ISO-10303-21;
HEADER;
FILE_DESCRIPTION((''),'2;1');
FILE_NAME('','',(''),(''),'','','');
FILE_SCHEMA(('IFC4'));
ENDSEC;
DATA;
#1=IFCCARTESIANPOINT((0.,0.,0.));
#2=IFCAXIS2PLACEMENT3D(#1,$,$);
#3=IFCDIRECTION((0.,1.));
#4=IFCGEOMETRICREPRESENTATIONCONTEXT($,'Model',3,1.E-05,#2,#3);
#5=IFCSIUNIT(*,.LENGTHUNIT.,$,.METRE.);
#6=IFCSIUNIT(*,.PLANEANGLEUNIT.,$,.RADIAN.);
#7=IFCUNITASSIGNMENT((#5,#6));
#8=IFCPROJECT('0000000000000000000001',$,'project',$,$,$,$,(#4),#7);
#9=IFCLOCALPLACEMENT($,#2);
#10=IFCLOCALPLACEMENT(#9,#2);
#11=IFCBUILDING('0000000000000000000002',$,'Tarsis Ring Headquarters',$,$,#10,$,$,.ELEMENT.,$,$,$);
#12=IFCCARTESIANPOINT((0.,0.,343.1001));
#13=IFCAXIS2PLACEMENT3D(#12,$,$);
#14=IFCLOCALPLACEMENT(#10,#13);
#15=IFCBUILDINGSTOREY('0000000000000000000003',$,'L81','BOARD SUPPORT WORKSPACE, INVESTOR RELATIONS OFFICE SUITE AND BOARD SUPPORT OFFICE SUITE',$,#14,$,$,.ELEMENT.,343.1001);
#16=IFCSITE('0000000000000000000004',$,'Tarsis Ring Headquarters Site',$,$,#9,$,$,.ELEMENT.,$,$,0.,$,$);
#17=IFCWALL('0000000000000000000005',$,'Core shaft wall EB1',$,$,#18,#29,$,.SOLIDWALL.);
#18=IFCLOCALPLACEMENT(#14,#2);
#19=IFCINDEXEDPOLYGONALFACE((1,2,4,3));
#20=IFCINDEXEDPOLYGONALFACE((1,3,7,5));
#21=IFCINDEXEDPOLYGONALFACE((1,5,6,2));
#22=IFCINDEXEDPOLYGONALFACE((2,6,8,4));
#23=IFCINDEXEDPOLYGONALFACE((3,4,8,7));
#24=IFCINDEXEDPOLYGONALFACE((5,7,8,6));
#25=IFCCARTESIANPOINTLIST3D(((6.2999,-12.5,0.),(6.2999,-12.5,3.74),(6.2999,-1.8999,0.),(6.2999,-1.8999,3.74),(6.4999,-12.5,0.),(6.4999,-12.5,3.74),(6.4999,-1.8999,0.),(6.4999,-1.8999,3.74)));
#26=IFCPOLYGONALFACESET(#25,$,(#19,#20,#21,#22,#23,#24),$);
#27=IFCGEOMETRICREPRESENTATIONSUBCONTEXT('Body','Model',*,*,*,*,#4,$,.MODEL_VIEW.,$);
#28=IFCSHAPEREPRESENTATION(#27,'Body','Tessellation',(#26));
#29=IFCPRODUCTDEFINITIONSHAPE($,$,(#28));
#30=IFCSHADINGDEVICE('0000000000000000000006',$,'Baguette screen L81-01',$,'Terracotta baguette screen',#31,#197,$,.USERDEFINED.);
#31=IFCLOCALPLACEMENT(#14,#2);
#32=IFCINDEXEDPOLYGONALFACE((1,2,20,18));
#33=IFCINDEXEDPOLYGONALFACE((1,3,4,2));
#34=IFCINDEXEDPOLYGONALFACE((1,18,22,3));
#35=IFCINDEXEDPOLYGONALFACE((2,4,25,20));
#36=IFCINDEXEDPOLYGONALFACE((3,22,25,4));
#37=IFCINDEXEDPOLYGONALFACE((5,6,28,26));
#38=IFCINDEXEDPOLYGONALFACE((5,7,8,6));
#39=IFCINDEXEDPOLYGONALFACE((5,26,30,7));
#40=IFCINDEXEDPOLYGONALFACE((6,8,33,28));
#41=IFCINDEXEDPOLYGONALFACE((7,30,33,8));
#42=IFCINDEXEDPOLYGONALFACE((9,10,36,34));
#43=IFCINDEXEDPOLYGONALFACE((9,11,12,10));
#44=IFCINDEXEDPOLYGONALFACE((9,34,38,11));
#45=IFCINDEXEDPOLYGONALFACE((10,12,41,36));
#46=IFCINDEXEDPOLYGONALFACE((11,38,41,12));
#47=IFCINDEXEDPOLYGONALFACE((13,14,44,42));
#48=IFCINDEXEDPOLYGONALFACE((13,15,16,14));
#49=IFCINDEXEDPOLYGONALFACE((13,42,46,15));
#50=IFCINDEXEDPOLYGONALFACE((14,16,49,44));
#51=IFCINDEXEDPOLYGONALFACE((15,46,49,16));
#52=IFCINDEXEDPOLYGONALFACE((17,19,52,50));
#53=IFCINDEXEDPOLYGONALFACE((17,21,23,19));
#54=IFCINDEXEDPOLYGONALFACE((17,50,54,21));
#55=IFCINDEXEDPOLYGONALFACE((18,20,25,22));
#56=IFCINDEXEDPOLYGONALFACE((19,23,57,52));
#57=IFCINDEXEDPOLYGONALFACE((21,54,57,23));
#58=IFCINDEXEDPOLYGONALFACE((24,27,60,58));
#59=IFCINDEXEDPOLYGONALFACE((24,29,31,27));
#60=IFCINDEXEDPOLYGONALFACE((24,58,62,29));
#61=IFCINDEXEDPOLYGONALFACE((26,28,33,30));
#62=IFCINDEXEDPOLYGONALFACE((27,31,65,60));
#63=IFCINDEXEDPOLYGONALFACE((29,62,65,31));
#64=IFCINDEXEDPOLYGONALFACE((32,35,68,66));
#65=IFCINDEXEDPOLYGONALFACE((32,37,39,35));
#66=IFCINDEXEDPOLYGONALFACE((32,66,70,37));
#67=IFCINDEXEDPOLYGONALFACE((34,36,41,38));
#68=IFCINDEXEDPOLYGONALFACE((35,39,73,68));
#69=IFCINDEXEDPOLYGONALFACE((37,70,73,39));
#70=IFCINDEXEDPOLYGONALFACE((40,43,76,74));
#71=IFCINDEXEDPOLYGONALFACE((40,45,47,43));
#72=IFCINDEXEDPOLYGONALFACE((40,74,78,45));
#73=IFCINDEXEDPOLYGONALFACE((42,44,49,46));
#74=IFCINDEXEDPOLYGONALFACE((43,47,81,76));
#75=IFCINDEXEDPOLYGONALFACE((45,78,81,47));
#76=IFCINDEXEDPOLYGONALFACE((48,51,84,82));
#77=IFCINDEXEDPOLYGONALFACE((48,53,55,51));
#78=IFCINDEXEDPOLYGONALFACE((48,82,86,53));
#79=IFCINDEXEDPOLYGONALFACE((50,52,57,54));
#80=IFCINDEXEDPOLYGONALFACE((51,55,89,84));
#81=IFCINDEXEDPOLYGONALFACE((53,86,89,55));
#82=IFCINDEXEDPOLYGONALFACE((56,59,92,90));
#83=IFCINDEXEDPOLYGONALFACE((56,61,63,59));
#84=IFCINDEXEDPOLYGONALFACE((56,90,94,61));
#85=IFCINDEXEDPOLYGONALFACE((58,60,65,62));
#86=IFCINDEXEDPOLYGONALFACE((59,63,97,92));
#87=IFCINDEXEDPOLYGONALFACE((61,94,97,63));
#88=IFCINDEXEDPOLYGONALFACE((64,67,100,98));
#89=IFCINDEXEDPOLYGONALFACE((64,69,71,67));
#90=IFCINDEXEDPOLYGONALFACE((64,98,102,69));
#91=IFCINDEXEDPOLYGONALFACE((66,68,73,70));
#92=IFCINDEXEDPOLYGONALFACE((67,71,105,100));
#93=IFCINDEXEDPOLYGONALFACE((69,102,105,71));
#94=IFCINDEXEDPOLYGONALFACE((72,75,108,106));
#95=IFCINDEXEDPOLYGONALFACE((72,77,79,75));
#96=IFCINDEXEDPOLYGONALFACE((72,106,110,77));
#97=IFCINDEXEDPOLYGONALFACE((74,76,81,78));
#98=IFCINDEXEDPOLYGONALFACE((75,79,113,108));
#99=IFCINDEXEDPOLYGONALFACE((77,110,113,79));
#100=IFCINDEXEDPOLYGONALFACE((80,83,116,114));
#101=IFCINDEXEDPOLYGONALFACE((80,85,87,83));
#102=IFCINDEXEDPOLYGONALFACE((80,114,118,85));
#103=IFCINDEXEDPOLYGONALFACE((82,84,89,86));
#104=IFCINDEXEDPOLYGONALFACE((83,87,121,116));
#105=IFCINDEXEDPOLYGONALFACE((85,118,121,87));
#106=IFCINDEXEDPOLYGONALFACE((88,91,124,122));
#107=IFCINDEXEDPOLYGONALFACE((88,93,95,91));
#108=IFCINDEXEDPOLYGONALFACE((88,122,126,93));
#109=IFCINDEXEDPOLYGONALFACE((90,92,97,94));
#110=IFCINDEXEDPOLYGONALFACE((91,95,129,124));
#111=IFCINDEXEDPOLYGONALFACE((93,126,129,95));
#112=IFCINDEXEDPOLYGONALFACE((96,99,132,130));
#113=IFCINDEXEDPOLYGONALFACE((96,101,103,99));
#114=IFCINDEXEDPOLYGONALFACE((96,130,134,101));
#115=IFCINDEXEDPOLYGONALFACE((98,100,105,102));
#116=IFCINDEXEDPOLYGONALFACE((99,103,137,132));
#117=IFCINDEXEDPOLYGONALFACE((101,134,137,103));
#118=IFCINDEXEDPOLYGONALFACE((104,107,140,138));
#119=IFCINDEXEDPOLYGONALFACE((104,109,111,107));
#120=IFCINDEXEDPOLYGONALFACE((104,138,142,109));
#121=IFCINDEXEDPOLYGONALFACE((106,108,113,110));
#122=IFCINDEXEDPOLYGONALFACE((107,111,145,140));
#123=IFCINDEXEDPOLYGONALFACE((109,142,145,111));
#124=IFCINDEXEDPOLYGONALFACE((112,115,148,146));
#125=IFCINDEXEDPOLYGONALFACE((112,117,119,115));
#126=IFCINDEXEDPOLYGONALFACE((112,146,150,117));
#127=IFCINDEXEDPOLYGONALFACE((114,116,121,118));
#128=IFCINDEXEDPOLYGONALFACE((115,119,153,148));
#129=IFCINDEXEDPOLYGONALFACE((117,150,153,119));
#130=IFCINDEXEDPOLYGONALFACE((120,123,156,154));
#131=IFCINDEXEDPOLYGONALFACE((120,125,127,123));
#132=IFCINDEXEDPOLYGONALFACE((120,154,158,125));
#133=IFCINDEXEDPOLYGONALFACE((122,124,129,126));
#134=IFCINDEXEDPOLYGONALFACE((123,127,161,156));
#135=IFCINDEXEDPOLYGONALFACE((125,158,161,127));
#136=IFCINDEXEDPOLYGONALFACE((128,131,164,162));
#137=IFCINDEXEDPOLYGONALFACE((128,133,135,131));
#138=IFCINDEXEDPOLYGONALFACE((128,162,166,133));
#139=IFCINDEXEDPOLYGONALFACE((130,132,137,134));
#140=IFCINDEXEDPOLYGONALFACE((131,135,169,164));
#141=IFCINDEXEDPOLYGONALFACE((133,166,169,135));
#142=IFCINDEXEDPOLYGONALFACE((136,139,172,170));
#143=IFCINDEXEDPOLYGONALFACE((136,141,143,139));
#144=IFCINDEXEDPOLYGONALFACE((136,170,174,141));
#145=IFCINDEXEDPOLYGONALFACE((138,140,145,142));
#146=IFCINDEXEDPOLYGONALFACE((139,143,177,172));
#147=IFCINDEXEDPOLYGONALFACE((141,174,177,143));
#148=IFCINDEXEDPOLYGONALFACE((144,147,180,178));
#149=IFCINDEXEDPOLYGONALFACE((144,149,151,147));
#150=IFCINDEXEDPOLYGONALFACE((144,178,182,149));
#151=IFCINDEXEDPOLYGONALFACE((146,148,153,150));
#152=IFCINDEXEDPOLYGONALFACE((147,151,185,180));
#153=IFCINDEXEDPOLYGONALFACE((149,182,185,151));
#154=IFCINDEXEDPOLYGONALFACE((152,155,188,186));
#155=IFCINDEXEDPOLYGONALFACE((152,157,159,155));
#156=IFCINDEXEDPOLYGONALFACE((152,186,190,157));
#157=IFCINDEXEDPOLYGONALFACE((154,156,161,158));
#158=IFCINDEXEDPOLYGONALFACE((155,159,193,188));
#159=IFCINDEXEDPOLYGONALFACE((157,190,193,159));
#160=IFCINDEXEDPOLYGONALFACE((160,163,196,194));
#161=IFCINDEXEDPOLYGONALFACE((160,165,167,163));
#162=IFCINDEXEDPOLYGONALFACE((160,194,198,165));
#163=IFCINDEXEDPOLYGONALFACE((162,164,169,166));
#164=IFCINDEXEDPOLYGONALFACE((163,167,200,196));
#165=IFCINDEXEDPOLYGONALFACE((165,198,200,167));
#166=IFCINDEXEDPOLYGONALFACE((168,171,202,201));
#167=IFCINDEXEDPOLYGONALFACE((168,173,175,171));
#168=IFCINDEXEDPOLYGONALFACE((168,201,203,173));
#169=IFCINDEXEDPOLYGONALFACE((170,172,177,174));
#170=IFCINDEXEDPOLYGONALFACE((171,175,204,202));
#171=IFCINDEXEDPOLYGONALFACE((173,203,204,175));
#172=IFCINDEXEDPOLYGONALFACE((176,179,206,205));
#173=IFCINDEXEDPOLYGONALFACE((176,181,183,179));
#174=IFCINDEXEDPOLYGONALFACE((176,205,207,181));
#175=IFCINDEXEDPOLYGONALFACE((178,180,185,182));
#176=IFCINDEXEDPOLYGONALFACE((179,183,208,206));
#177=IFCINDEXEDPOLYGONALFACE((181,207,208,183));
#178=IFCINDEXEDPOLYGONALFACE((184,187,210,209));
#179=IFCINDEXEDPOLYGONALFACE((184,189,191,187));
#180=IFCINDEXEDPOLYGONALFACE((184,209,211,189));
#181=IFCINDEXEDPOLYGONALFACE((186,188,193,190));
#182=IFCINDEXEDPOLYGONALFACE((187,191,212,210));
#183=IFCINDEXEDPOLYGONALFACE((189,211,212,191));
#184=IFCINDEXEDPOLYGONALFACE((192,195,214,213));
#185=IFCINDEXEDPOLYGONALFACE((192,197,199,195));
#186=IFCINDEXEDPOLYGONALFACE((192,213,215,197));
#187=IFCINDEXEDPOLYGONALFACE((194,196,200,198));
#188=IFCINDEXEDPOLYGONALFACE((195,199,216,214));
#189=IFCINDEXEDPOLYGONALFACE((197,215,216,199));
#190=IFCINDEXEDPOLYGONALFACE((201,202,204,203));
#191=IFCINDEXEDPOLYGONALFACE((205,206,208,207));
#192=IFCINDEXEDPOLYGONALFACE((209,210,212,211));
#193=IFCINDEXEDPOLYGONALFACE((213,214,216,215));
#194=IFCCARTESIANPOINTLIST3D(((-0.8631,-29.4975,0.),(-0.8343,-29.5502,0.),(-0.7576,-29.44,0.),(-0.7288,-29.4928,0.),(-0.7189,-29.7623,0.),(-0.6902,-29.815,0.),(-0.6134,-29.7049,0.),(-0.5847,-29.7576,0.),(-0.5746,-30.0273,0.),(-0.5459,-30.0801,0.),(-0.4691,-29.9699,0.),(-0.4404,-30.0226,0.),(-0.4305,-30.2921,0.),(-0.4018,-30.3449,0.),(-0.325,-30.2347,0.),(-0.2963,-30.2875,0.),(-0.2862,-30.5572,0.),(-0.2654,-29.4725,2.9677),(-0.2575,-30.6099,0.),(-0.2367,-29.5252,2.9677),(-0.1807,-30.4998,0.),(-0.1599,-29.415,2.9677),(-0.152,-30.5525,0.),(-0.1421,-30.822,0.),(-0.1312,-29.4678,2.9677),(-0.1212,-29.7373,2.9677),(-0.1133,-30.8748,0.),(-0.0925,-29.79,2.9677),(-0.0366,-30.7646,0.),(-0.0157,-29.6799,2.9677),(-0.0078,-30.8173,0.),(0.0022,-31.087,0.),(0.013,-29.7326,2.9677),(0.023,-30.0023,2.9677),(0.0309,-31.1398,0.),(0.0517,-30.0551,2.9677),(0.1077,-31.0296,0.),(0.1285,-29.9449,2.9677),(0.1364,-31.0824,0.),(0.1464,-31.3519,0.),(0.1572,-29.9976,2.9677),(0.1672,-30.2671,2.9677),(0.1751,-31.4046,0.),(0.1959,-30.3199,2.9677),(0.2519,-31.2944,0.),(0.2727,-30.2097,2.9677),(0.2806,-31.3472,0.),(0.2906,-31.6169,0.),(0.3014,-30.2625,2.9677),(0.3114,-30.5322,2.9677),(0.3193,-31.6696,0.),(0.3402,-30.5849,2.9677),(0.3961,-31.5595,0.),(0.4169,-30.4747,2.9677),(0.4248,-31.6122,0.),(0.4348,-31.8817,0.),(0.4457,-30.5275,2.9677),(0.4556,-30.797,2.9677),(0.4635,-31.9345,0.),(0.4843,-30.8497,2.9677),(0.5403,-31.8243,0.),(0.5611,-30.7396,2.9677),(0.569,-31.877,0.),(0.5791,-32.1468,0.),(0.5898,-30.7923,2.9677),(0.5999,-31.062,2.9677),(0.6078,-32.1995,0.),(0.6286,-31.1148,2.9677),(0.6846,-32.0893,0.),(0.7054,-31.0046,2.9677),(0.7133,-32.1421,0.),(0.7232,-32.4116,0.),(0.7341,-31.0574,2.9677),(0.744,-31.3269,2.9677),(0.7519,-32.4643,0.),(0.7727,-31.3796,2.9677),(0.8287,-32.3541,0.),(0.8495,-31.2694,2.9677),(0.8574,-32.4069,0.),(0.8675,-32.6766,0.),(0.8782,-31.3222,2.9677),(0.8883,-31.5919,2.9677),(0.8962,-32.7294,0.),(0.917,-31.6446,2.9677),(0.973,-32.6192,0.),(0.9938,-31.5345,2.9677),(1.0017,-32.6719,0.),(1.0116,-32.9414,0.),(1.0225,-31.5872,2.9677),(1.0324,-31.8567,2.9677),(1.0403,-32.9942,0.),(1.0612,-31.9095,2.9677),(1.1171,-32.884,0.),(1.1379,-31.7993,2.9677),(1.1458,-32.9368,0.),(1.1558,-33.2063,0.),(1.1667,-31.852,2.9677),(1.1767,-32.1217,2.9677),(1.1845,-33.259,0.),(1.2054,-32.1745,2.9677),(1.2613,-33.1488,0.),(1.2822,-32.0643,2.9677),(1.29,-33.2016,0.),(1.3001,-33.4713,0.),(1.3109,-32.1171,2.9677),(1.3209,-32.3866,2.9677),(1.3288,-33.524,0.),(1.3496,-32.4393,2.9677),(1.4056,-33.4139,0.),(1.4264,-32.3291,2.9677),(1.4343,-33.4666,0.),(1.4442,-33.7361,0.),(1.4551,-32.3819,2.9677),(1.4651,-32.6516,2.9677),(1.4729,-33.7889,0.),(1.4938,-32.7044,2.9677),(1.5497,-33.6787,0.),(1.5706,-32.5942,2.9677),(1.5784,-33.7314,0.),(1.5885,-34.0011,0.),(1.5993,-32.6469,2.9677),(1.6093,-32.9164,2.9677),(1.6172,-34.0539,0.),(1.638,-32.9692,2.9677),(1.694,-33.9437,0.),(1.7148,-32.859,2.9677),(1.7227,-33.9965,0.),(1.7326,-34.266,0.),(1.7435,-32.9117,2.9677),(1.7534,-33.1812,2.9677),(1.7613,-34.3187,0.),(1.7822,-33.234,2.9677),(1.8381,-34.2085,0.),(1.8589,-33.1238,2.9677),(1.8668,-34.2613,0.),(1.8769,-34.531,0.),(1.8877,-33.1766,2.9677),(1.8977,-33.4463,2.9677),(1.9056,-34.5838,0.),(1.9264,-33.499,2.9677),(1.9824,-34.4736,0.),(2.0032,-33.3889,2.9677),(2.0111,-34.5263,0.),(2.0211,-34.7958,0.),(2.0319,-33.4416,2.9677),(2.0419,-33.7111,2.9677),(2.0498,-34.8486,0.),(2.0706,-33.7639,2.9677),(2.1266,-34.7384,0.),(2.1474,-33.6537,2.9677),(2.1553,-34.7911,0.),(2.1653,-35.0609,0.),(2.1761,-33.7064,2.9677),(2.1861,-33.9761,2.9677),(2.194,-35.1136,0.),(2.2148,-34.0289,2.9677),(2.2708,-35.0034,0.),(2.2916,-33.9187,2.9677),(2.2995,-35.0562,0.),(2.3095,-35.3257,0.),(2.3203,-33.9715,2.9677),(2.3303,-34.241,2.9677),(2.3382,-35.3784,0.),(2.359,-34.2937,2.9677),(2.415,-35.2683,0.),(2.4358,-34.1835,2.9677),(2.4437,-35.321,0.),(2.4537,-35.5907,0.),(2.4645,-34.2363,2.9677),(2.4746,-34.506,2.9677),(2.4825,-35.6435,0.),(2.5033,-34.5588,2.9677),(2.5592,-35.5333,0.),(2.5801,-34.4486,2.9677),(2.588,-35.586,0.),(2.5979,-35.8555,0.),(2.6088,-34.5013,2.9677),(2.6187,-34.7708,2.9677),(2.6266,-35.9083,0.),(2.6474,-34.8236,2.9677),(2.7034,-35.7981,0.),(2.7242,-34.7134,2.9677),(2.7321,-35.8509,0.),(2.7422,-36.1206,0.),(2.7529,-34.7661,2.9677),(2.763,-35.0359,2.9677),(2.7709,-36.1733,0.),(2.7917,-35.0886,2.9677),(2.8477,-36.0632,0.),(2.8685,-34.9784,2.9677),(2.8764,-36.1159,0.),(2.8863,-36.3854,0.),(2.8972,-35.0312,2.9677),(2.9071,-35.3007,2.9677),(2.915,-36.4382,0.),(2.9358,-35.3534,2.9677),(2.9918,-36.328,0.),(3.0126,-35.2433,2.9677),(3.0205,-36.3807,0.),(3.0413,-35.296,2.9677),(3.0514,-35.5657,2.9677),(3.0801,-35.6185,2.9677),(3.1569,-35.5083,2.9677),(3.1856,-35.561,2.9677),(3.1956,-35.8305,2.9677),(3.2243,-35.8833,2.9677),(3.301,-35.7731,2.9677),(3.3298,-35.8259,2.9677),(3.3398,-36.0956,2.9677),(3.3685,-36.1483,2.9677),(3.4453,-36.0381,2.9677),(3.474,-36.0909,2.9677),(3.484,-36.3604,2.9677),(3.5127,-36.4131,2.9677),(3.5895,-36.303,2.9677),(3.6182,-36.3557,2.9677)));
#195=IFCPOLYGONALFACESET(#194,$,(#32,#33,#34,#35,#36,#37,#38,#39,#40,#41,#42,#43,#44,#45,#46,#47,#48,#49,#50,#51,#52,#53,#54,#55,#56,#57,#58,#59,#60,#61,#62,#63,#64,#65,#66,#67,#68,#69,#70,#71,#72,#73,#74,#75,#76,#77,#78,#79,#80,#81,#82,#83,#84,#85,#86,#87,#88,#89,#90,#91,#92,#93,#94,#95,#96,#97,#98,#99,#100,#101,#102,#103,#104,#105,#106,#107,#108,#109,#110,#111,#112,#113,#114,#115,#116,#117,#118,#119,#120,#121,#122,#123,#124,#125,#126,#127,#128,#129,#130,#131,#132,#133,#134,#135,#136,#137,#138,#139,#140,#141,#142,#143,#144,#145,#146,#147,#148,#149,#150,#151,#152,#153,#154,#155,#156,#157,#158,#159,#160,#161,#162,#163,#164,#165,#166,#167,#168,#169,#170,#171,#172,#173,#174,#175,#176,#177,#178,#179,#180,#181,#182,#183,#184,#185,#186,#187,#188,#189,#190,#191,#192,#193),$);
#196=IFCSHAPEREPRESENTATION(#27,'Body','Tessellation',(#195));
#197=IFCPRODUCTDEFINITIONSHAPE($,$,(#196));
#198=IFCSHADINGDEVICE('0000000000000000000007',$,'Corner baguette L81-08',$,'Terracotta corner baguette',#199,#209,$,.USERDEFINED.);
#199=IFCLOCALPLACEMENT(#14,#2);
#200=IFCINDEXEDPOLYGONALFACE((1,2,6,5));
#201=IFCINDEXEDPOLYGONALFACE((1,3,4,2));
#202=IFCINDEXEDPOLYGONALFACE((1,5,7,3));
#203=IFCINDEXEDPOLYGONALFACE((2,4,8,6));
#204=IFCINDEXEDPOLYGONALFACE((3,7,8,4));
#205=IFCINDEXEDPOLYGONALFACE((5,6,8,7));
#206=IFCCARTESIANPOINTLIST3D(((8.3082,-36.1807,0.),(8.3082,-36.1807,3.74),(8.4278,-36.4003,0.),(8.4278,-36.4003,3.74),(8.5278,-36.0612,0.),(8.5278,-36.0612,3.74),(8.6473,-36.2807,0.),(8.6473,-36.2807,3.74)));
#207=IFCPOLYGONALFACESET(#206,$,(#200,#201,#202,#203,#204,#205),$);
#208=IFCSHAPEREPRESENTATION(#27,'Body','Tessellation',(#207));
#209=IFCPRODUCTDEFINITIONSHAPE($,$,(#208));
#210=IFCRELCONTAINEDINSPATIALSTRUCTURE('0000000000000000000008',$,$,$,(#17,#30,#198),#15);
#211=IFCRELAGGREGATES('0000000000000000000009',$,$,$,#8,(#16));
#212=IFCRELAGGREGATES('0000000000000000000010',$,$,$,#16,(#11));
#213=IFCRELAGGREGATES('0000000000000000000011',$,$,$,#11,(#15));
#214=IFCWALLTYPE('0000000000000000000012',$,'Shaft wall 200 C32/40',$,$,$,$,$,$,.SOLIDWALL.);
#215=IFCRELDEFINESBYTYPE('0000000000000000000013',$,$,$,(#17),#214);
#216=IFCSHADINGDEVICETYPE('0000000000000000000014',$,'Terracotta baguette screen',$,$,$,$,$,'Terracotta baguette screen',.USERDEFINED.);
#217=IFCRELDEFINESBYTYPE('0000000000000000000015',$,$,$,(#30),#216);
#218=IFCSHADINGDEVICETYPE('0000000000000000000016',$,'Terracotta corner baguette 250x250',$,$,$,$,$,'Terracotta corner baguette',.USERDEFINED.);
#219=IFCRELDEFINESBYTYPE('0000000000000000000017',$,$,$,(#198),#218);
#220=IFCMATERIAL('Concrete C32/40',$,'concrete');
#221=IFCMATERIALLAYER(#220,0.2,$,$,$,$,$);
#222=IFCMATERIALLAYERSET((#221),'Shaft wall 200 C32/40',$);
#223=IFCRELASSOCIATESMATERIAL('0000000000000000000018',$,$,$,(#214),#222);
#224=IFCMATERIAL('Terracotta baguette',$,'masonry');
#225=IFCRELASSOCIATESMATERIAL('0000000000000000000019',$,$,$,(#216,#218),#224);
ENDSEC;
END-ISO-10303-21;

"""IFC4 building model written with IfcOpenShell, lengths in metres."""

from ifc_helpers import new_model, si_unit, direction, frame, frame_2d, origin, origin_2d, place, context, subcontext, project, spatial, rectangle, composite_profile, extrude, material, layer, layer_set, type_object, element, save


model = new_model("IFC4")

# Units and contexts
model_context = context("Model", 3, precision=1e-05, world=origin(), true_north=direction((0.0, 1.0)))
body_context = subcontext(model_context, "Body", "Model", "MODEL_VIEW")
ifc_project = project(units=[si_unit("LENGTHUNIT", "METRE"), si_unit("PLANEANGLEUNIT", "RADIAN")], contexts=[model_context])

# Site, building, storey
site_placement = place(None, origin())
site = spatial("IfcSite", under=ifc_project, at=site_placement, Name="Tarsis Ring Headquarters Site", CompositionType="ELEMENT", RefElevation=0.0)
building_placement = place(site_placement, origin())
building = spatial("IfcBuilding", under=site, at=building_placement, Name="Tarsis Ring Headquarters", CompositionType="ELEMENT")
storey_placement = place(building_placement, frame((0.0, 0.0, 343.1001)))
storey = spatial("IfcBuildingStorey", under=building, at=storey_placement, Name="L81", Description="BOARD SUPPORT WORKSPACE, INVESTOR RELATIONS OFFICE SUITE AND BOARD SUPPORT OFFICE SUITE", CompositionType="ELEMENT", Elevation=343.1001)

# Wall
ifc_material_1 = material(Name="Concrete C32/40", Category="concrete")
ifc_layer_1 = layer(ifc_material_1, 0.2)
ifc_layer_set_1 = layer_set([ifc_layer_1], Name="Shaft wall 200 C32/40")
wall_type_1 = type_object("IfcWallType", Name="Shaft wall 200 C32/40", PredefinedType="SOLIDWALL", material=ifc_layer_set_1)
wall_1_placement = place(storey_placement, frame((6.3999, -12.5, 0.0), z_axis=(0.0, 0.0, 1.0), x_axis=(0.0, 1.0, 0.0)))
element("IfcWall", 1, at=wall_1_placement, inside=storey, type_object=wall_type_1, Name="Core shaft wall EB1", PredefinedType="SOLIDWALL", context=body_context, shape_type="SweptSolid", body=[
    extrude(rectangle(XDim=10.6001, YDim=0.2, at=frame_2d((5.3, 0.0))), origin(), (0.0, 0.0, 1.0), 3.74),
])

# Shading devices
ifc_material_2 = material(Name="Terracotta baguette", Category="masonry")
shading_device_type_1 = type_object("IfcShadingDeviceType", Name="Terracotta baguette screen", ElementType="Terracotta baguette screen", PredefinedType="USERDEFINED", material=ifc_material_2)
shading_device_1_placement = place(storey_placement, frame((-0.8103, -29.4688, 0.0), z_axis=(0.0, 0.0, 1.0), x_axis=(0.478096, -0.878306, 0.0)))
element("IfcShadingDevice", 2, at=shading_device_1_placement, inside=storey, type_object=shading_device_type_1, Name="Baguette screen L81-01", ObjectType="Terracotta baguette screen", PredefinedType="USERDEFINED", context=body_context, shape_type="SweptSolid", body=[
    extrude(composite_profile([rectangle(XDim=0.0601, YDim=0.1201, at=frame_2d((0.03, 0.0))), rectangle(XDim=0.0601, YDim=0.1201, at=frame_2d((0.3315, 0.0))), rectangle(XDim=0.0601, YDim=0.1201, at=frame_2d((0.6333, 0.0))), rectangle(XDim=0.0601, YDim=0.1201, at=frame_2d((0.9348, 0.0))), rectangle(XDim=0.0601, YDim=0.1201, at=frame_2d((1.2366, 0.0))), rectangle(XDim=0.0601, YDim=0.1201, at=frame_2d((1.5381, 0.0))), rectangle(XDim=0.0601, YDim=0.1201, at=frame_2d((1.8398, 0.0))), rectangle(XDim=0.0601, YDim=0.1201, at=frame_2d((2.1414, 0.0))), rectangle(XDim=0.0601, YDim=0.1201, at=frame_2d((2.4431, 0.0))), rectangle(XDim=0.0601, YDim=0.1201, at=frame_2d((2.7446, 0.0))), rectangle(XDim=0.0601, YDim=0.1201, at=frame_2d((3.0464, 0.0))), rectangle(XDim=0.0601, YDim=0.1201, at=frame_2d((3.3479, 0.0))), rectangle(XDim=0.0601, YDim=0.1201, at=frame_2d((3.6497, 0.0))), rectangle(XDim=0.0601, YDim=0.1201, at=frame_2d((3.9512, 0.0))), rectangle(XDim=0.0601, YDim=0.1201, at=frame_2d((4.2527, 0.0))), rectangle(XDim=0.0601, YDim=0.1201, at=frame_2d((4.5544, 0.0))), rectangle(XDim=0.0601, YDim=0.1201, at=frame_2d((4.856, 0.0))), rectangle(XDim=0.0601, YDim=0.1201, at=frame_2d((5.1577, 0.0))), rectangle(XDim=0.0601, YDim=0.1201, at=frame_2d((5.4592, 0.0))), rectangle(XDim=0.0601, YDim=0.1201, at=frame_2d((5.761, 0.0))), rectangle(XDim=0.0601, YDim=0.1201, at=frame_2d((6.0625, 0.0))), rectangle(XDim=0.0601, YDim=0.1201, at=frame_2d((6.3643, 0.0))), rectangle(XDim=0.0601, YDim=0.1201, at=frame_2d((6.6658, 0.0))), rectangle(XDim=0.0601, YDim=0.1201, at=frame_2d((6.9675, 0.0))), rectangle(XDim=0.0601, YDim=0.1201, at=frame_2d((7.269, 0.0))), rectangle(XDim=0.0601, YDim=0.1201, at=frame_2d((7.5708, 0.0))), rectangle(XDim=0.0601, YDim=0.1201, at=frame_2d((7.8723, 0.0)))]), origin(), (0.087131, 0.177344, 0.980284), 3.0273),
])
shading_device_type_2 = type_object("IfcShadingDeviceType", Name="Terracotta corner baguette 250x250", ElementType="Terracotta corner baguette", PredefinedType="USERDEFINED", material=ifc_material_2)
shading_device_2_placement = place(storey_placement, frame((8.4778, -36.2307, 0.0), z_axis=(0.0, 0.0, 1.0), x_axis=(0.878317, 0.478079, 0.0)))
element("IfcShadingDevice", 3, at=shading_device_2_placement, inside=storey, type_object=shading_device_type_2, Name="Corner baguette L81-08", ObjectType="Terracotta corner baguette", PredefinedType="USERDEFINED", context=body_context, shape_type="SweptSolid", body=[
    extrude(rectangle(XDim=0.25, YDim=0.25, at=origin_2d()), origin(), (0.0, 0.0, 1.0), 3.74),
])

save(model, "model.ifc")
